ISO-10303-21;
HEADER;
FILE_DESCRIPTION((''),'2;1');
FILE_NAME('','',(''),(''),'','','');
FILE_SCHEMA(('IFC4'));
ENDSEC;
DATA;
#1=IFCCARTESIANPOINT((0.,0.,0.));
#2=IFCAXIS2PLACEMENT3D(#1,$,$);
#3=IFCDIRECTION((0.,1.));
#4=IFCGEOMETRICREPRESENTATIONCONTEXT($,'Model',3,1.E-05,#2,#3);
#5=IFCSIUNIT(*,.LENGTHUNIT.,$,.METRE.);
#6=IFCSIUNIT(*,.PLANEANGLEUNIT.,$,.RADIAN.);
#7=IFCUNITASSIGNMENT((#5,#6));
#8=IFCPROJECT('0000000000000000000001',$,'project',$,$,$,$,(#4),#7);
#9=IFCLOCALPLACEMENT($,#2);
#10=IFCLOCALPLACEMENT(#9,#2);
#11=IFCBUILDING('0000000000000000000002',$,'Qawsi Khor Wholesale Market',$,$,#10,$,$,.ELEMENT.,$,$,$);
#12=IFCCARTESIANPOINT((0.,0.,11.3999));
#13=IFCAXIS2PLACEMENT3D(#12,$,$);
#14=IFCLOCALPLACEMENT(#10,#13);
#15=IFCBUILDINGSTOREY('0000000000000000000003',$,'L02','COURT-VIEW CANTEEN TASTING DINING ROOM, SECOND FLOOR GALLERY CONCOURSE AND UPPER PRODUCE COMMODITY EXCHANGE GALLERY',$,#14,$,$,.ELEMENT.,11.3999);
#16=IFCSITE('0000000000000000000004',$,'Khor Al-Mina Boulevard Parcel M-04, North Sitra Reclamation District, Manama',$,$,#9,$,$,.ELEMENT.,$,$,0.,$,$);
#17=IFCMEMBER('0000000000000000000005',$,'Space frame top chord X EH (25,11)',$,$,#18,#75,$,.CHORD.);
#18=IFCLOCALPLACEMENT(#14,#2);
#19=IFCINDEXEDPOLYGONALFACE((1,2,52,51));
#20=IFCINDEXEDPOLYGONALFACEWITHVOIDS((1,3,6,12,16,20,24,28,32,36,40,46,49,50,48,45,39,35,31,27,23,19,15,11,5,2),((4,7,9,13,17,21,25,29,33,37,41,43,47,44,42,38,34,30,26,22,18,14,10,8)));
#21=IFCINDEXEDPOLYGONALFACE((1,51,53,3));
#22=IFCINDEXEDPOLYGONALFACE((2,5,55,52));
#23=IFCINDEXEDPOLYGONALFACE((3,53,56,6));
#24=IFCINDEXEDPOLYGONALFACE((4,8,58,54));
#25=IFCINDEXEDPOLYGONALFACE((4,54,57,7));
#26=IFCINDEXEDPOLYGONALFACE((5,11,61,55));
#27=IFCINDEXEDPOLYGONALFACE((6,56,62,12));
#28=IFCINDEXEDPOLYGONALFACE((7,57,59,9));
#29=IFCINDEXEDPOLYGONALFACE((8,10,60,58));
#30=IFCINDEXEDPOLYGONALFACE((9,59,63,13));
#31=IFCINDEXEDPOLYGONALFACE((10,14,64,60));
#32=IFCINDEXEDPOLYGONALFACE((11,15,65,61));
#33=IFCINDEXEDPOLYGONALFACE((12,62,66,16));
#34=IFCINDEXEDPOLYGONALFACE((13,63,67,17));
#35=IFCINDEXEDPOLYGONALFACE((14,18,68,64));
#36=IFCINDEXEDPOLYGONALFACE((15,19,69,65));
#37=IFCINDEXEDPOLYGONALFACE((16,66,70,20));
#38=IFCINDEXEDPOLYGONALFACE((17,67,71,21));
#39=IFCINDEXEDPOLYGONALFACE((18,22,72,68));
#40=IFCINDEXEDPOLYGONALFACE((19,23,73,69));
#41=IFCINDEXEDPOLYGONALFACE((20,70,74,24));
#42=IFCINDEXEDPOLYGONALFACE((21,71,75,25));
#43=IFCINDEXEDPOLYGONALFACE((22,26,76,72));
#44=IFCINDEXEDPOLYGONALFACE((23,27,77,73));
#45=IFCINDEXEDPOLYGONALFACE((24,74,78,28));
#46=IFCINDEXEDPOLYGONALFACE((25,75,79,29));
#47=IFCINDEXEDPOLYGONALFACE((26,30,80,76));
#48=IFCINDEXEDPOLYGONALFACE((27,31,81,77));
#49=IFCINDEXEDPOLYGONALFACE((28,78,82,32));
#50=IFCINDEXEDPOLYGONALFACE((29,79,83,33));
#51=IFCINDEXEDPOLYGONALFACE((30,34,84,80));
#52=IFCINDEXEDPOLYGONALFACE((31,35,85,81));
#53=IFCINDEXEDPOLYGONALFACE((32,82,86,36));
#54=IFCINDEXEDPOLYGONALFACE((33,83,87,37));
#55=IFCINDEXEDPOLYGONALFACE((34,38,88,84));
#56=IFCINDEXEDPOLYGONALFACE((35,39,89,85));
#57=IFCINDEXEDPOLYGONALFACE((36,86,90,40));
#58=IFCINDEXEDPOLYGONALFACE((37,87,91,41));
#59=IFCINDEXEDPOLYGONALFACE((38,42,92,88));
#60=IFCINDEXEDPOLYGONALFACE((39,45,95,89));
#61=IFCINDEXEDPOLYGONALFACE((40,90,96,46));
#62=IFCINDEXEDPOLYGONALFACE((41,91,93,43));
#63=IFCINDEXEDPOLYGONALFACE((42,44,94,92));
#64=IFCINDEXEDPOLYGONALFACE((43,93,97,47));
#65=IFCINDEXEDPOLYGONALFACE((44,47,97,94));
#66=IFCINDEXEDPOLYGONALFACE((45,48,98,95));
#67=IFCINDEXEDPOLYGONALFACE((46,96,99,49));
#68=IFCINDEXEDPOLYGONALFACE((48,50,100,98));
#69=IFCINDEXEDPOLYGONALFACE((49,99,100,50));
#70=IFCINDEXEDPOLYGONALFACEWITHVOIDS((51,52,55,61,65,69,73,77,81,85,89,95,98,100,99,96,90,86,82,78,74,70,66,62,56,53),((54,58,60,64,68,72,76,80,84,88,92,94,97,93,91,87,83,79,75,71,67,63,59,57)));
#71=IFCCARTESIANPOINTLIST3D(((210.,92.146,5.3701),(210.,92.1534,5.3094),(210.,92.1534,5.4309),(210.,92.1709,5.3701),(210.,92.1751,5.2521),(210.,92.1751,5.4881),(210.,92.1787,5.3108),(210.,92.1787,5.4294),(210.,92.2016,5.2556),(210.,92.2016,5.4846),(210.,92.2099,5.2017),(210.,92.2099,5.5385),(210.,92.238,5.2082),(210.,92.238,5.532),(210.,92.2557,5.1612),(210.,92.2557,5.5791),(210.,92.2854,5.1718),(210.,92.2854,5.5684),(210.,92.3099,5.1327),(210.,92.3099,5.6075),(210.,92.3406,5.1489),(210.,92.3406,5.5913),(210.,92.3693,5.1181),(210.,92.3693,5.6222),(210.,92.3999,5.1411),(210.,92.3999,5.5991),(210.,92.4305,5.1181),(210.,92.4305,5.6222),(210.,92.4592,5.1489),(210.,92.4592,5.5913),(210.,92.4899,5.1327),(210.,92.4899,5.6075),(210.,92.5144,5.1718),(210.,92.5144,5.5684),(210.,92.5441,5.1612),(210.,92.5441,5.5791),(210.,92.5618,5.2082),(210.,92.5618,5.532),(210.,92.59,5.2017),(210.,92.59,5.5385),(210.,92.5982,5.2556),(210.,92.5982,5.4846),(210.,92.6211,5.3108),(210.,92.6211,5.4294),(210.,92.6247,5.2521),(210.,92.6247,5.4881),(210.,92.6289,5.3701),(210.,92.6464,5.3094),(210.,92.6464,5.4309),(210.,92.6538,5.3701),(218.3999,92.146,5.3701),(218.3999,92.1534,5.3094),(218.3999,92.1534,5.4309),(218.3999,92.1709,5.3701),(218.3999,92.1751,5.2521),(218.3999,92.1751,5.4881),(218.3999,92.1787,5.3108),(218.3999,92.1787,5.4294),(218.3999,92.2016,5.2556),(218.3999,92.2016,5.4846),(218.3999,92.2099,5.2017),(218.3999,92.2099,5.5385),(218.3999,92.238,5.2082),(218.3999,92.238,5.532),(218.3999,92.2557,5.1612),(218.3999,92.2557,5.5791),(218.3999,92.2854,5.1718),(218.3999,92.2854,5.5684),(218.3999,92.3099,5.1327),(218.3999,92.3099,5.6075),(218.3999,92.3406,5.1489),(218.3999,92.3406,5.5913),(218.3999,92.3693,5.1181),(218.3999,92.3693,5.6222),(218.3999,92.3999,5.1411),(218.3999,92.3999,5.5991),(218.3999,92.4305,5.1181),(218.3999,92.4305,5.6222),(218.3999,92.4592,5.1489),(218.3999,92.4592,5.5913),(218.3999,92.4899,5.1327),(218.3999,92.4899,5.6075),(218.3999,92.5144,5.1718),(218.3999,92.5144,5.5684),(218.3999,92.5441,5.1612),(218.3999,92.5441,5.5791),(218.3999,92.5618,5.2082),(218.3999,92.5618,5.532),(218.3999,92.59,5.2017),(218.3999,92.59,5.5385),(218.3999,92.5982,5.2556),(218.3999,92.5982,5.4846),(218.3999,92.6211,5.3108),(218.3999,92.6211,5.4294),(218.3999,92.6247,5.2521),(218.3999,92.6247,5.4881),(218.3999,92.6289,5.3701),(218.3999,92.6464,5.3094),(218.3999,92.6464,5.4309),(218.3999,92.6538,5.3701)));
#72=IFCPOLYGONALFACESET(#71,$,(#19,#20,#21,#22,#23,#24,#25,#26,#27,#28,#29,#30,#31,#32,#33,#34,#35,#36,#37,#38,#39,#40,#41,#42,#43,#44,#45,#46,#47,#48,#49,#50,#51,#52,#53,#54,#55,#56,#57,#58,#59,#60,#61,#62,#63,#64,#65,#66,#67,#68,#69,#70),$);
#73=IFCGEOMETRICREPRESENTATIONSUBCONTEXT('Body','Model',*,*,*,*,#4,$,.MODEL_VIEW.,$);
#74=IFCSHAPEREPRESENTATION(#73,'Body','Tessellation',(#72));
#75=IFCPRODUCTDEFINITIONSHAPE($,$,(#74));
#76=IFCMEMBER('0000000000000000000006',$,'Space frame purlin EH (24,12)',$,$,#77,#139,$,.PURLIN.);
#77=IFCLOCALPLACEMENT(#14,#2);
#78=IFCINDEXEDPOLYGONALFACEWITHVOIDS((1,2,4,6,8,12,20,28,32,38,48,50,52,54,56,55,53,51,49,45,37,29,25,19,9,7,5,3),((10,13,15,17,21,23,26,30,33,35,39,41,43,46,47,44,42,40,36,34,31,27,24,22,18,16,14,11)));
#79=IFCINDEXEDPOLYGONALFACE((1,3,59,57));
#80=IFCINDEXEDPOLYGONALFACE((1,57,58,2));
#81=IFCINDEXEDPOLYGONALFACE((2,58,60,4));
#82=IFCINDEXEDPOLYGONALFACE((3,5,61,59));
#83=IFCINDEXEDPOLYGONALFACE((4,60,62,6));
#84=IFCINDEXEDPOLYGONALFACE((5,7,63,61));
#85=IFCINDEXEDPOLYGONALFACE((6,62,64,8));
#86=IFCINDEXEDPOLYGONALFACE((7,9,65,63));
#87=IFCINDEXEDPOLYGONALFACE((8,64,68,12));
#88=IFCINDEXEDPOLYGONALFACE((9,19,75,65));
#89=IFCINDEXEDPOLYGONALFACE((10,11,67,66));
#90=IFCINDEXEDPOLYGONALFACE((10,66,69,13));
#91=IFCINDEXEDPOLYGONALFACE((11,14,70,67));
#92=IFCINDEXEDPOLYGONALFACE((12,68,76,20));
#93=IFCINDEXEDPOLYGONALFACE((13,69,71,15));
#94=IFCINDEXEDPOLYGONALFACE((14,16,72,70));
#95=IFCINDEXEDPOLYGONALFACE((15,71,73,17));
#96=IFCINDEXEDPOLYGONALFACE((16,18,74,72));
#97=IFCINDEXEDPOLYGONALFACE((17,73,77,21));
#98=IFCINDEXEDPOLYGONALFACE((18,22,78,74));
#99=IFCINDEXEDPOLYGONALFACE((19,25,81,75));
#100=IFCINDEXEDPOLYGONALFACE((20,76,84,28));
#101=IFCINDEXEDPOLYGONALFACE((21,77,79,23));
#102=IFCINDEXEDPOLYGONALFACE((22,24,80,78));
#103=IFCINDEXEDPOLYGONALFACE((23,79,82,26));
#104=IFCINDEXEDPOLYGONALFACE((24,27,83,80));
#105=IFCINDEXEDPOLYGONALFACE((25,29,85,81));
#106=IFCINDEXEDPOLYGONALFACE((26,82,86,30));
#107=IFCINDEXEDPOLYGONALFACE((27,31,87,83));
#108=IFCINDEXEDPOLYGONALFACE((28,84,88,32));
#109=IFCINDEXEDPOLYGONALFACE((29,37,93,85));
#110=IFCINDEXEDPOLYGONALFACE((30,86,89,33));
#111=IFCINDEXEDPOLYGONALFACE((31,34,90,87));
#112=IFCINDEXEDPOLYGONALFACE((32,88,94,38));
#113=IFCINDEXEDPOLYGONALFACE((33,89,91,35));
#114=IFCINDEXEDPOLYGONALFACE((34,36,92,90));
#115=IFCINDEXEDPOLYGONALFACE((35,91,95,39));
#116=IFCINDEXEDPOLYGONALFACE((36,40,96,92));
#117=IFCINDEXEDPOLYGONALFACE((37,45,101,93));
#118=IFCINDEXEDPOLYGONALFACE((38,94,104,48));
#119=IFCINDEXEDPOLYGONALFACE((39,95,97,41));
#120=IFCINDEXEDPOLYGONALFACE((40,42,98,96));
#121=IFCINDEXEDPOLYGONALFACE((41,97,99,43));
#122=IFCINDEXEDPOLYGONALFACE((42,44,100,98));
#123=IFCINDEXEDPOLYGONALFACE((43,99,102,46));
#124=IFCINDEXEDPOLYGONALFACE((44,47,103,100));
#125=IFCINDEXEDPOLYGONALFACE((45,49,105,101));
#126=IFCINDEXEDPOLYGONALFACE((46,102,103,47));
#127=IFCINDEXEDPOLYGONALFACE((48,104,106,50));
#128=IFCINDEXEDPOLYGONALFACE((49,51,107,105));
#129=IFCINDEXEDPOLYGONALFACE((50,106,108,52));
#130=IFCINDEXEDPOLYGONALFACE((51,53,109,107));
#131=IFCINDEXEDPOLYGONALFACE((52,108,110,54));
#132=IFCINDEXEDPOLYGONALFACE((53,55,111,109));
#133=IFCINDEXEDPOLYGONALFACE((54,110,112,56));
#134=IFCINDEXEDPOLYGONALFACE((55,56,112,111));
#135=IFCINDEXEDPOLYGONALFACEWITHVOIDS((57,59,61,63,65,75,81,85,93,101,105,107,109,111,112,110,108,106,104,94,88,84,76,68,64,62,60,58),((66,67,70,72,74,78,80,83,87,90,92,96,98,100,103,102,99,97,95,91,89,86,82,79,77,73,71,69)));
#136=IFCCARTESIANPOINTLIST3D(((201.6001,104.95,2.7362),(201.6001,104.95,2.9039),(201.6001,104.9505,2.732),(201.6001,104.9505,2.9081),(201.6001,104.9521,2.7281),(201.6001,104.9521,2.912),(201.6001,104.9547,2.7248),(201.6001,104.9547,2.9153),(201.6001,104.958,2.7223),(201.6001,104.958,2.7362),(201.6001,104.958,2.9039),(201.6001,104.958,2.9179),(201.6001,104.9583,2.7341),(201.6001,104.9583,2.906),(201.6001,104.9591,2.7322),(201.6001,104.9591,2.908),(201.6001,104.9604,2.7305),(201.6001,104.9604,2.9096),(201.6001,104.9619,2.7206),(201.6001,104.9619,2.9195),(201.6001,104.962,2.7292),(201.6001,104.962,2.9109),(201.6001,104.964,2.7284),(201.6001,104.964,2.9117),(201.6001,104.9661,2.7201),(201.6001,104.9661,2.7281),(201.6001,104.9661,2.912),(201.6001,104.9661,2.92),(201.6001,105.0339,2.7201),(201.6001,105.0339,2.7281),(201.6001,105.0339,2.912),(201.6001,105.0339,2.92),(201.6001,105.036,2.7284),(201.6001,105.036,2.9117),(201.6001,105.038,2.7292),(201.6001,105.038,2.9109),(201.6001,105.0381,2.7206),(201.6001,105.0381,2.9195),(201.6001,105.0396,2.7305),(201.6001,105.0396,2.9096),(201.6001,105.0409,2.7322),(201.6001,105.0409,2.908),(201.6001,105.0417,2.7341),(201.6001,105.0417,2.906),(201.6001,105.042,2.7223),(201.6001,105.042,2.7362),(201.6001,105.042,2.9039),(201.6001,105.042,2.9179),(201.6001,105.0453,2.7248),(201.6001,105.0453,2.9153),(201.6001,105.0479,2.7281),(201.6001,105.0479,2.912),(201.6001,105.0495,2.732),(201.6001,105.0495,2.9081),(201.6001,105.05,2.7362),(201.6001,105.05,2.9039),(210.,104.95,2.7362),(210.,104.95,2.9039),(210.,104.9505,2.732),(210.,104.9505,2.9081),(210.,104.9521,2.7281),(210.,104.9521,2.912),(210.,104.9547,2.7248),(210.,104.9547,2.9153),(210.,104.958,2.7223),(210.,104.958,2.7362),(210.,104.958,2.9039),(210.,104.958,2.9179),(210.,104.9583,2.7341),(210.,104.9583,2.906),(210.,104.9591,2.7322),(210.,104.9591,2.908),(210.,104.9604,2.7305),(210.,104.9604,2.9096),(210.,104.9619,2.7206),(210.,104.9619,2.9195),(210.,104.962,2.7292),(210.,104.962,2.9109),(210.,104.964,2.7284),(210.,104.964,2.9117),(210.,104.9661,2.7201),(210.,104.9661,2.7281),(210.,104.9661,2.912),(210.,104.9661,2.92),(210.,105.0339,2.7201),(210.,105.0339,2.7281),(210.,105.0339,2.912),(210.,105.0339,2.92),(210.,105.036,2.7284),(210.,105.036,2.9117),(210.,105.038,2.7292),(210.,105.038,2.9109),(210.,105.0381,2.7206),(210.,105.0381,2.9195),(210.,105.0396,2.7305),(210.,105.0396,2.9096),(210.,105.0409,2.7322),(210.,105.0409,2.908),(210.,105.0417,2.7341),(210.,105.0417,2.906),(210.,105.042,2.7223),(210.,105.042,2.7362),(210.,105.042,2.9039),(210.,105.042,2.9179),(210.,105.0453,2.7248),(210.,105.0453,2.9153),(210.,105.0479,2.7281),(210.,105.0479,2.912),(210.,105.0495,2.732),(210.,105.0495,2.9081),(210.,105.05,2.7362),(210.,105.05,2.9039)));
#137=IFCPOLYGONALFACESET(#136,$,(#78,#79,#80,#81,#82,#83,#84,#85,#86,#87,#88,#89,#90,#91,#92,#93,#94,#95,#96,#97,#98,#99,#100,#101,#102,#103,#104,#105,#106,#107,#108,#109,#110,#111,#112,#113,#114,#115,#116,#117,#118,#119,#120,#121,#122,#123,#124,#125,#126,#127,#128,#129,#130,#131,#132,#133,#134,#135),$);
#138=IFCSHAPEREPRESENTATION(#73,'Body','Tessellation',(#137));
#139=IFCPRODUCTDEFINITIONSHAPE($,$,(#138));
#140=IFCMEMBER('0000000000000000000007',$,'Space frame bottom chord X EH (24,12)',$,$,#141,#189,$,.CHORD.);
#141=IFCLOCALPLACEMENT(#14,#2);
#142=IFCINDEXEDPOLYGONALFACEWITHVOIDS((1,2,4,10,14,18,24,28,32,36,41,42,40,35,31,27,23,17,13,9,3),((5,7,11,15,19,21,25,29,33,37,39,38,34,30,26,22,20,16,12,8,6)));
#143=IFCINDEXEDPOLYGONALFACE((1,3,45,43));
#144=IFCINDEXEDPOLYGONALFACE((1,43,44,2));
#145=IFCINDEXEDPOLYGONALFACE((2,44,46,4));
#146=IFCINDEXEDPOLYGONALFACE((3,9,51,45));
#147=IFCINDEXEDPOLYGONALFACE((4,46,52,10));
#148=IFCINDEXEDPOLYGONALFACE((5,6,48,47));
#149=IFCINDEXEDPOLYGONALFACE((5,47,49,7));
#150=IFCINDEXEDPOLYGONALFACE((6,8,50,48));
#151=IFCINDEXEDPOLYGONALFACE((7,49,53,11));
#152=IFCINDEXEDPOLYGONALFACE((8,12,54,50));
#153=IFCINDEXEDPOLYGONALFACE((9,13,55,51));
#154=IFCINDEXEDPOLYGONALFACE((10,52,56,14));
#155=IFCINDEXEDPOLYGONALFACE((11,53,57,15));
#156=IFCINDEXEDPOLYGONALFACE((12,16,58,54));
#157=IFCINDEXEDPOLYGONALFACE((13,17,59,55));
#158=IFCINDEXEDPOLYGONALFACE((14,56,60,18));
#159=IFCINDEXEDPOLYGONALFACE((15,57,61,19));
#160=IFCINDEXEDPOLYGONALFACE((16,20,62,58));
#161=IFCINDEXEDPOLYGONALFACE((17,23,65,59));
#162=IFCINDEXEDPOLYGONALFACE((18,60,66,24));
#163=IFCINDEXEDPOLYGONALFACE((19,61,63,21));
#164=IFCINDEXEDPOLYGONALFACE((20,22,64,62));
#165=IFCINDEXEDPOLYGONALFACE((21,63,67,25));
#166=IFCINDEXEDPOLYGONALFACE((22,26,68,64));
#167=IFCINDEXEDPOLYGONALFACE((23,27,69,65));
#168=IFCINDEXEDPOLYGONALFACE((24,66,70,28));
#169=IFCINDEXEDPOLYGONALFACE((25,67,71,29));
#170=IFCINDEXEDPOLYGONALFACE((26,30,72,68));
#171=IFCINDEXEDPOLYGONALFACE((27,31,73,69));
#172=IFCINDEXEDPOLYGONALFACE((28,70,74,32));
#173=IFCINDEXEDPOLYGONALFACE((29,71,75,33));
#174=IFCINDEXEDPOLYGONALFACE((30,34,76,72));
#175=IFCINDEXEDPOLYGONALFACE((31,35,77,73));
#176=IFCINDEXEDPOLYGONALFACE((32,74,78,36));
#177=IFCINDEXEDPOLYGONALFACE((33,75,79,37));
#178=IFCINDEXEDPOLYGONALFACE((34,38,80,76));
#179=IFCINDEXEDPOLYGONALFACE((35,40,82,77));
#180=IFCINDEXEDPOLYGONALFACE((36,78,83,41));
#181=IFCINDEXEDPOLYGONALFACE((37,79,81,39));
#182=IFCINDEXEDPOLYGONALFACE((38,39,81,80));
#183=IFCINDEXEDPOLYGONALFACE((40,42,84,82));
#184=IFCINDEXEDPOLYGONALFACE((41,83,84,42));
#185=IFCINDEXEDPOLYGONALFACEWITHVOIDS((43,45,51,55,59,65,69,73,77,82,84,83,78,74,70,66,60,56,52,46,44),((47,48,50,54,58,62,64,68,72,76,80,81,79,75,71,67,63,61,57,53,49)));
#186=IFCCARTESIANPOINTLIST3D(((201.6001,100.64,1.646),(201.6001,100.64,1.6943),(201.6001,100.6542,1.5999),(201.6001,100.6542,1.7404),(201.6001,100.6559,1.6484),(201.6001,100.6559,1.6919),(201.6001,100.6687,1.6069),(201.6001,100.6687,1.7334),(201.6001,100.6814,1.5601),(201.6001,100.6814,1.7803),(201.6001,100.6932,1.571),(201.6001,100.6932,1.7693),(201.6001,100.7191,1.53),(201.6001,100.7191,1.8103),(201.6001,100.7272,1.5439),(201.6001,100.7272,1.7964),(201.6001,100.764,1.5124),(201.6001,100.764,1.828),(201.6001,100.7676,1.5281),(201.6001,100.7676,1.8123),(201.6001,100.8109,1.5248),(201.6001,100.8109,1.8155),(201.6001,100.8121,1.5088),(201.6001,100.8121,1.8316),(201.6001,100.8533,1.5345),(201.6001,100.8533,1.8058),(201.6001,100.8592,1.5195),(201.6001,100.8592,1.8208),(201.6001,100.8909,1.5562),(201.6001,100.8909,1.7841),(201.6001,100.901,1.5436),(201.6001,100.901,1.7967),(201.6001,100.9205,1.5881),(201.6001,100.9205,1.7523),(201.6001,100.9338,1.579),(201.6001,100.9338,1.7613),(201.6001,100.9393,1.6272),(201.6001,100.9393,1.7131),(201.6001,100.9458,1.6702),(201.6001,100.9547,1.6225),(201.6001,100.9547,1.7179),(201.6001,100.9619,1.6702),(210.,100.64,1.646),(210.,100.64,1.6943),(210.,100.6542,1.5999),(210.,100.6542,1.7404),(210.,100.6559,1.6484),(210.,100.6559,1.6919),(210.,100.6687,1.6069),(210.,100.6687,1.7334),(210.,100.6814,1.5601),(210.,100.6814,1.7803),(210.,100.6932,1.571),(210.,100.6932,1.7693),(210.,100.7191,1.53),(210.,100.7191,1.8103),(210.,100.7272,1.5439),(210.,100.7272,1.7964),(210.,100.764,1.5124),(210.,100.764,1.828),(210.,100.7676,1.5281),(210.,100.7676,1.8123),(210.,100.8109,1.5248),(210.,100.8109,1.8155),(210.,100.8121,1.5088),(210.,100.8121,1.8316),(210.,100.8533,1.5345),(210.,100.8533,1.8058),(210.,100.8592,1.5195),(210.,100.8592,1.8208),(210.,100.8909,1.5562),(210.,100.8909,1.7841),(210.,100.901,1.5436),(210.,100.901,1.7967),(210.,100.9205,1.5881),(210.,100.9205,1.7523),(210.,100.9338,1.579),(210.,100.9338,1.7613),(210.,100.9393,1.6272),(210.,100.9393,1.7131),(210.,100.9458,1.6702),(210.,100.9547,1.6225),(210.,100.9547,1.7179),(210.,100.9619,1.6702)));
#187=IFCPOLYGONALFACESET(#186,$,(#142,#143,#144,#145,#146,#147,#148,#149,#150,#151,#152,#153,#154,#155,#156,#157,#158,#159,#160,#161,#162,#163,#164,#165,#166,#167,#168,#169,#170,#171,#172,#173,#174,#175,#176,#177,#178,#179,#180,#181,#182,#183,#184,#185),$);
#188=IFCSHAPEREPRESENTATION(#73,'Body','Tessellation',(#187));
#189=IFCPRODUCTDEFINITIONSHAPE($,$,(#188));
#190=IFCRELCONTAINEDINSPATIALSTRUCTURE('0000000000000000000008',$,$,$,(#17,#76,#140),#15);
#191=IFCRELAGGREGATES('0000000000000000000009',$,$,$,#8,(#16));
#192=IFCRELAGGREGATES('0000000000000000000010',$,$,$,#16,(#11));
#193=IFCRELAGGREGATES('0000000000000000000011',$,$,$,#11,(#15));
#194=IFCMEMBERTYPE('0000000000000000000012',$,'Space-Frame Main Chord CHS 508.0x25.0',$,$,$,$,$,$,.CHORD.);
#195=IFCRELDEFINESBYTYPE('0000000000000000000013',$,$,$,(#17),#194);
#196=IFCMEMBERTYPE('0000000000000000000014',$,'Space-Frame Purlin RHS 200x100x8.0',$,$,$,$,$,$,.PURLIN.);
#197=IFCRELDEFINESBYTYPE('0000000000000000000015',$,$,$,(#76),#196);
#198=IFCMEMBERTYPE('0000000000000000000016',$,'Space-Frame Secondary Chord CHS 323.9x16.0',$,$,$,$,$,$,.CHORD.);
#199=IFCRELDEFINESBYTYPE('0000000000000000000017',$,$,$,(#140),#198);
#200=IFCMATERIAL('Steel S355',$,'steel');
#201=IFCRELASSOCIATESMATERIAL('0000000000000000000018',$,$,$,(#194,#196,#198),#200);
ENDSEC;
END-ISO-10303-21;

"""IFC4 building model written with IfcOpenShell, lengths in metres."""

from ifc_helpers import new_model, si_unit, direction, frame, origin, origin_2d, place, context, subcontext, project, spatial, hollow_rectangle, hollow_circle, extrude, material, material_profile, profile_set, type_object, element, save


model = new_model("IFC4")

# Units and contexts
model_context = context("Model", 3, precision=1e-05, world=origin(), true_north=direction((0.0, 1.0)))
body_context = subcontext(model_context, "Body", "Model", "MODEL_VIEW")
ifc_project = project(units=[si_unit("LENGTHUNIT", "METRE"), si_unit("PLANEANGLEUNIT", "RADIAN")], contexts=[model_context])

# Site, building, storey
site_placement = place(None, origin())
site = spatial("IfcSite", under=ifc_project, at=site_placement, Name="Khor Al-Mina Boulevard Parcel M-04, North Sitra Reclamation District, Manama", CompositionType="ELEMENT", RefElevation=0.0)
building_placement = place(site_placement, origin())
building = spatial("IfcBuilding", under=site, at=building_placement, Name="Qawsi Khor Wholesale Market", CompositionType="ELEMENT")
storey_placement = place(building_placement, frame((0.0, 0.0, 11.3999)))
storey = spatial("IfcBuildingStorey", under=building, at=storey_placement, Name="L02", Description="COURT-VIEW CANTEEN TASTING DINING ROOM, SECOND FLOOR GALLERY CONCOURSE AND UPPER PRODUCE COMMODITY EXCHANGE GALLERY", CompositionType="ELEMENT", Elevation=11.3999)

# Members
ifc_material_1 = material(Name="Steel S355", Category="steel")
ifc_material_profile_1 = material_profile(ifc_material_1, hollow_circle(Radius=0.2539, WallThickness=0.0249, at=origin_2d()), Name="CHS 508.0x25.0")
ifc_profile_set_1 = profile_set([ifc_material_profile_1], Name="Steel S355")
member_type_1 = type_object("IfcMemberType", Name="Space-Frame Main Chord CHS 508.0x25.0", PredefinedType="CHORD", material=ifc_profile_set_1)
member_1_placement = place(storey_placement, frame((210.0, 92.3999, 5.3701), z_axis=(1.0, 0.0, 0.0), x_axis=(0.0, 1.0, 0.0)))
element("IfcMember", 1, at=member_1_placement, inside=storey, type_object=member_type_1, Name="Space frame top chord X EH (25,11)", PredefinedType="CHORD", context=body_context, shape_type="SweptSolid", body=[
    extrude(hollow_circle(Radius=0.2539, WallThickness=0.0249, at=origin_2d()), origin(), (0.0, 0.0, 1.0), 8.3999),
])
ifc_material_profile_2 = material_profile(ifc_material_1, hollow_rectangle(XDim=0.1001, YDim=0.2, WallThickness=0.0081, InnerFilletRadius=0.0081, OuterFilletRadius=0.0161, at=origin_2d()), Name="RHS 200x100x8.0")
ifc_profile_set_2 = profile_set([ifc_material_profile_2], Name="Steel S355")
member_type_2 = type_object("IfcMemberType", Name="Space-Frame Purlin RHS 200x100x8.0", PredefinedType="PURLIN", material=ifc_profile_set_2)
member_2_placement = place(storey_placement, frame((201.6001, 105.0, 2.8201), z_axis=(1.0, 0.0, 0.0), x_axis=(0.0, 1.0, 0.0)))
element("IfcMember", 2, at=member_2_placement, inside=storey, type_object=member_type_2, Name="Space frame purlin EH (24,12)", PredefinedType="PURLIN", context=body_context, shape_type="SweptSolid", body=[
    extrude(hollow_rectangle(XDim=0.1001, YDim=0.2, WallThickness=0.0081, InnerFilletRadius=0.0081, OuterFilletRadius=0.0161, at=origin_2d()), origin(), (0.0, 0.0, 1.0), 8.3999),
])
ifc_material_profile_3 = material_profile(ifc_material_1, hollow_circle(Radius=0.1619, WallThickness=0.0161, at=origin_2d()), Name="CHS 323.9x16.0")
ifc_profile_set_3 = profile_set([ifc_material_profile_3], Name="Steel S355")
member_type_3 = type_object("IfcMemberType", Name="Space-Frame Secondary Chord CHS 323.9x16.0", PredefinedType="CHORD", material=ifc_profile_set_3)
member_3_placement = place(storey_placement, frame((201.6001, 100.8, 1.6702), z_axis=(1.0, 0.0, 0.0), x_axis=(0.0, 1.0, 0.0)))
element("IfcMember", 3, at=member_3_placement, inside=storey, type_object=member_type_3, Name="Space frame bottom chord X EH (24,12)", PredefinedType="CHORD", context=body_context, shape_type="SweptSolid", body=[
    extrude(hollow_circle(Radius=0.1619, WallThickness=0.0161, at=origin_2d()), origin(), (0.0, 0.0, 1.0), 8.3999),
])

save(model, "model.ifc")
